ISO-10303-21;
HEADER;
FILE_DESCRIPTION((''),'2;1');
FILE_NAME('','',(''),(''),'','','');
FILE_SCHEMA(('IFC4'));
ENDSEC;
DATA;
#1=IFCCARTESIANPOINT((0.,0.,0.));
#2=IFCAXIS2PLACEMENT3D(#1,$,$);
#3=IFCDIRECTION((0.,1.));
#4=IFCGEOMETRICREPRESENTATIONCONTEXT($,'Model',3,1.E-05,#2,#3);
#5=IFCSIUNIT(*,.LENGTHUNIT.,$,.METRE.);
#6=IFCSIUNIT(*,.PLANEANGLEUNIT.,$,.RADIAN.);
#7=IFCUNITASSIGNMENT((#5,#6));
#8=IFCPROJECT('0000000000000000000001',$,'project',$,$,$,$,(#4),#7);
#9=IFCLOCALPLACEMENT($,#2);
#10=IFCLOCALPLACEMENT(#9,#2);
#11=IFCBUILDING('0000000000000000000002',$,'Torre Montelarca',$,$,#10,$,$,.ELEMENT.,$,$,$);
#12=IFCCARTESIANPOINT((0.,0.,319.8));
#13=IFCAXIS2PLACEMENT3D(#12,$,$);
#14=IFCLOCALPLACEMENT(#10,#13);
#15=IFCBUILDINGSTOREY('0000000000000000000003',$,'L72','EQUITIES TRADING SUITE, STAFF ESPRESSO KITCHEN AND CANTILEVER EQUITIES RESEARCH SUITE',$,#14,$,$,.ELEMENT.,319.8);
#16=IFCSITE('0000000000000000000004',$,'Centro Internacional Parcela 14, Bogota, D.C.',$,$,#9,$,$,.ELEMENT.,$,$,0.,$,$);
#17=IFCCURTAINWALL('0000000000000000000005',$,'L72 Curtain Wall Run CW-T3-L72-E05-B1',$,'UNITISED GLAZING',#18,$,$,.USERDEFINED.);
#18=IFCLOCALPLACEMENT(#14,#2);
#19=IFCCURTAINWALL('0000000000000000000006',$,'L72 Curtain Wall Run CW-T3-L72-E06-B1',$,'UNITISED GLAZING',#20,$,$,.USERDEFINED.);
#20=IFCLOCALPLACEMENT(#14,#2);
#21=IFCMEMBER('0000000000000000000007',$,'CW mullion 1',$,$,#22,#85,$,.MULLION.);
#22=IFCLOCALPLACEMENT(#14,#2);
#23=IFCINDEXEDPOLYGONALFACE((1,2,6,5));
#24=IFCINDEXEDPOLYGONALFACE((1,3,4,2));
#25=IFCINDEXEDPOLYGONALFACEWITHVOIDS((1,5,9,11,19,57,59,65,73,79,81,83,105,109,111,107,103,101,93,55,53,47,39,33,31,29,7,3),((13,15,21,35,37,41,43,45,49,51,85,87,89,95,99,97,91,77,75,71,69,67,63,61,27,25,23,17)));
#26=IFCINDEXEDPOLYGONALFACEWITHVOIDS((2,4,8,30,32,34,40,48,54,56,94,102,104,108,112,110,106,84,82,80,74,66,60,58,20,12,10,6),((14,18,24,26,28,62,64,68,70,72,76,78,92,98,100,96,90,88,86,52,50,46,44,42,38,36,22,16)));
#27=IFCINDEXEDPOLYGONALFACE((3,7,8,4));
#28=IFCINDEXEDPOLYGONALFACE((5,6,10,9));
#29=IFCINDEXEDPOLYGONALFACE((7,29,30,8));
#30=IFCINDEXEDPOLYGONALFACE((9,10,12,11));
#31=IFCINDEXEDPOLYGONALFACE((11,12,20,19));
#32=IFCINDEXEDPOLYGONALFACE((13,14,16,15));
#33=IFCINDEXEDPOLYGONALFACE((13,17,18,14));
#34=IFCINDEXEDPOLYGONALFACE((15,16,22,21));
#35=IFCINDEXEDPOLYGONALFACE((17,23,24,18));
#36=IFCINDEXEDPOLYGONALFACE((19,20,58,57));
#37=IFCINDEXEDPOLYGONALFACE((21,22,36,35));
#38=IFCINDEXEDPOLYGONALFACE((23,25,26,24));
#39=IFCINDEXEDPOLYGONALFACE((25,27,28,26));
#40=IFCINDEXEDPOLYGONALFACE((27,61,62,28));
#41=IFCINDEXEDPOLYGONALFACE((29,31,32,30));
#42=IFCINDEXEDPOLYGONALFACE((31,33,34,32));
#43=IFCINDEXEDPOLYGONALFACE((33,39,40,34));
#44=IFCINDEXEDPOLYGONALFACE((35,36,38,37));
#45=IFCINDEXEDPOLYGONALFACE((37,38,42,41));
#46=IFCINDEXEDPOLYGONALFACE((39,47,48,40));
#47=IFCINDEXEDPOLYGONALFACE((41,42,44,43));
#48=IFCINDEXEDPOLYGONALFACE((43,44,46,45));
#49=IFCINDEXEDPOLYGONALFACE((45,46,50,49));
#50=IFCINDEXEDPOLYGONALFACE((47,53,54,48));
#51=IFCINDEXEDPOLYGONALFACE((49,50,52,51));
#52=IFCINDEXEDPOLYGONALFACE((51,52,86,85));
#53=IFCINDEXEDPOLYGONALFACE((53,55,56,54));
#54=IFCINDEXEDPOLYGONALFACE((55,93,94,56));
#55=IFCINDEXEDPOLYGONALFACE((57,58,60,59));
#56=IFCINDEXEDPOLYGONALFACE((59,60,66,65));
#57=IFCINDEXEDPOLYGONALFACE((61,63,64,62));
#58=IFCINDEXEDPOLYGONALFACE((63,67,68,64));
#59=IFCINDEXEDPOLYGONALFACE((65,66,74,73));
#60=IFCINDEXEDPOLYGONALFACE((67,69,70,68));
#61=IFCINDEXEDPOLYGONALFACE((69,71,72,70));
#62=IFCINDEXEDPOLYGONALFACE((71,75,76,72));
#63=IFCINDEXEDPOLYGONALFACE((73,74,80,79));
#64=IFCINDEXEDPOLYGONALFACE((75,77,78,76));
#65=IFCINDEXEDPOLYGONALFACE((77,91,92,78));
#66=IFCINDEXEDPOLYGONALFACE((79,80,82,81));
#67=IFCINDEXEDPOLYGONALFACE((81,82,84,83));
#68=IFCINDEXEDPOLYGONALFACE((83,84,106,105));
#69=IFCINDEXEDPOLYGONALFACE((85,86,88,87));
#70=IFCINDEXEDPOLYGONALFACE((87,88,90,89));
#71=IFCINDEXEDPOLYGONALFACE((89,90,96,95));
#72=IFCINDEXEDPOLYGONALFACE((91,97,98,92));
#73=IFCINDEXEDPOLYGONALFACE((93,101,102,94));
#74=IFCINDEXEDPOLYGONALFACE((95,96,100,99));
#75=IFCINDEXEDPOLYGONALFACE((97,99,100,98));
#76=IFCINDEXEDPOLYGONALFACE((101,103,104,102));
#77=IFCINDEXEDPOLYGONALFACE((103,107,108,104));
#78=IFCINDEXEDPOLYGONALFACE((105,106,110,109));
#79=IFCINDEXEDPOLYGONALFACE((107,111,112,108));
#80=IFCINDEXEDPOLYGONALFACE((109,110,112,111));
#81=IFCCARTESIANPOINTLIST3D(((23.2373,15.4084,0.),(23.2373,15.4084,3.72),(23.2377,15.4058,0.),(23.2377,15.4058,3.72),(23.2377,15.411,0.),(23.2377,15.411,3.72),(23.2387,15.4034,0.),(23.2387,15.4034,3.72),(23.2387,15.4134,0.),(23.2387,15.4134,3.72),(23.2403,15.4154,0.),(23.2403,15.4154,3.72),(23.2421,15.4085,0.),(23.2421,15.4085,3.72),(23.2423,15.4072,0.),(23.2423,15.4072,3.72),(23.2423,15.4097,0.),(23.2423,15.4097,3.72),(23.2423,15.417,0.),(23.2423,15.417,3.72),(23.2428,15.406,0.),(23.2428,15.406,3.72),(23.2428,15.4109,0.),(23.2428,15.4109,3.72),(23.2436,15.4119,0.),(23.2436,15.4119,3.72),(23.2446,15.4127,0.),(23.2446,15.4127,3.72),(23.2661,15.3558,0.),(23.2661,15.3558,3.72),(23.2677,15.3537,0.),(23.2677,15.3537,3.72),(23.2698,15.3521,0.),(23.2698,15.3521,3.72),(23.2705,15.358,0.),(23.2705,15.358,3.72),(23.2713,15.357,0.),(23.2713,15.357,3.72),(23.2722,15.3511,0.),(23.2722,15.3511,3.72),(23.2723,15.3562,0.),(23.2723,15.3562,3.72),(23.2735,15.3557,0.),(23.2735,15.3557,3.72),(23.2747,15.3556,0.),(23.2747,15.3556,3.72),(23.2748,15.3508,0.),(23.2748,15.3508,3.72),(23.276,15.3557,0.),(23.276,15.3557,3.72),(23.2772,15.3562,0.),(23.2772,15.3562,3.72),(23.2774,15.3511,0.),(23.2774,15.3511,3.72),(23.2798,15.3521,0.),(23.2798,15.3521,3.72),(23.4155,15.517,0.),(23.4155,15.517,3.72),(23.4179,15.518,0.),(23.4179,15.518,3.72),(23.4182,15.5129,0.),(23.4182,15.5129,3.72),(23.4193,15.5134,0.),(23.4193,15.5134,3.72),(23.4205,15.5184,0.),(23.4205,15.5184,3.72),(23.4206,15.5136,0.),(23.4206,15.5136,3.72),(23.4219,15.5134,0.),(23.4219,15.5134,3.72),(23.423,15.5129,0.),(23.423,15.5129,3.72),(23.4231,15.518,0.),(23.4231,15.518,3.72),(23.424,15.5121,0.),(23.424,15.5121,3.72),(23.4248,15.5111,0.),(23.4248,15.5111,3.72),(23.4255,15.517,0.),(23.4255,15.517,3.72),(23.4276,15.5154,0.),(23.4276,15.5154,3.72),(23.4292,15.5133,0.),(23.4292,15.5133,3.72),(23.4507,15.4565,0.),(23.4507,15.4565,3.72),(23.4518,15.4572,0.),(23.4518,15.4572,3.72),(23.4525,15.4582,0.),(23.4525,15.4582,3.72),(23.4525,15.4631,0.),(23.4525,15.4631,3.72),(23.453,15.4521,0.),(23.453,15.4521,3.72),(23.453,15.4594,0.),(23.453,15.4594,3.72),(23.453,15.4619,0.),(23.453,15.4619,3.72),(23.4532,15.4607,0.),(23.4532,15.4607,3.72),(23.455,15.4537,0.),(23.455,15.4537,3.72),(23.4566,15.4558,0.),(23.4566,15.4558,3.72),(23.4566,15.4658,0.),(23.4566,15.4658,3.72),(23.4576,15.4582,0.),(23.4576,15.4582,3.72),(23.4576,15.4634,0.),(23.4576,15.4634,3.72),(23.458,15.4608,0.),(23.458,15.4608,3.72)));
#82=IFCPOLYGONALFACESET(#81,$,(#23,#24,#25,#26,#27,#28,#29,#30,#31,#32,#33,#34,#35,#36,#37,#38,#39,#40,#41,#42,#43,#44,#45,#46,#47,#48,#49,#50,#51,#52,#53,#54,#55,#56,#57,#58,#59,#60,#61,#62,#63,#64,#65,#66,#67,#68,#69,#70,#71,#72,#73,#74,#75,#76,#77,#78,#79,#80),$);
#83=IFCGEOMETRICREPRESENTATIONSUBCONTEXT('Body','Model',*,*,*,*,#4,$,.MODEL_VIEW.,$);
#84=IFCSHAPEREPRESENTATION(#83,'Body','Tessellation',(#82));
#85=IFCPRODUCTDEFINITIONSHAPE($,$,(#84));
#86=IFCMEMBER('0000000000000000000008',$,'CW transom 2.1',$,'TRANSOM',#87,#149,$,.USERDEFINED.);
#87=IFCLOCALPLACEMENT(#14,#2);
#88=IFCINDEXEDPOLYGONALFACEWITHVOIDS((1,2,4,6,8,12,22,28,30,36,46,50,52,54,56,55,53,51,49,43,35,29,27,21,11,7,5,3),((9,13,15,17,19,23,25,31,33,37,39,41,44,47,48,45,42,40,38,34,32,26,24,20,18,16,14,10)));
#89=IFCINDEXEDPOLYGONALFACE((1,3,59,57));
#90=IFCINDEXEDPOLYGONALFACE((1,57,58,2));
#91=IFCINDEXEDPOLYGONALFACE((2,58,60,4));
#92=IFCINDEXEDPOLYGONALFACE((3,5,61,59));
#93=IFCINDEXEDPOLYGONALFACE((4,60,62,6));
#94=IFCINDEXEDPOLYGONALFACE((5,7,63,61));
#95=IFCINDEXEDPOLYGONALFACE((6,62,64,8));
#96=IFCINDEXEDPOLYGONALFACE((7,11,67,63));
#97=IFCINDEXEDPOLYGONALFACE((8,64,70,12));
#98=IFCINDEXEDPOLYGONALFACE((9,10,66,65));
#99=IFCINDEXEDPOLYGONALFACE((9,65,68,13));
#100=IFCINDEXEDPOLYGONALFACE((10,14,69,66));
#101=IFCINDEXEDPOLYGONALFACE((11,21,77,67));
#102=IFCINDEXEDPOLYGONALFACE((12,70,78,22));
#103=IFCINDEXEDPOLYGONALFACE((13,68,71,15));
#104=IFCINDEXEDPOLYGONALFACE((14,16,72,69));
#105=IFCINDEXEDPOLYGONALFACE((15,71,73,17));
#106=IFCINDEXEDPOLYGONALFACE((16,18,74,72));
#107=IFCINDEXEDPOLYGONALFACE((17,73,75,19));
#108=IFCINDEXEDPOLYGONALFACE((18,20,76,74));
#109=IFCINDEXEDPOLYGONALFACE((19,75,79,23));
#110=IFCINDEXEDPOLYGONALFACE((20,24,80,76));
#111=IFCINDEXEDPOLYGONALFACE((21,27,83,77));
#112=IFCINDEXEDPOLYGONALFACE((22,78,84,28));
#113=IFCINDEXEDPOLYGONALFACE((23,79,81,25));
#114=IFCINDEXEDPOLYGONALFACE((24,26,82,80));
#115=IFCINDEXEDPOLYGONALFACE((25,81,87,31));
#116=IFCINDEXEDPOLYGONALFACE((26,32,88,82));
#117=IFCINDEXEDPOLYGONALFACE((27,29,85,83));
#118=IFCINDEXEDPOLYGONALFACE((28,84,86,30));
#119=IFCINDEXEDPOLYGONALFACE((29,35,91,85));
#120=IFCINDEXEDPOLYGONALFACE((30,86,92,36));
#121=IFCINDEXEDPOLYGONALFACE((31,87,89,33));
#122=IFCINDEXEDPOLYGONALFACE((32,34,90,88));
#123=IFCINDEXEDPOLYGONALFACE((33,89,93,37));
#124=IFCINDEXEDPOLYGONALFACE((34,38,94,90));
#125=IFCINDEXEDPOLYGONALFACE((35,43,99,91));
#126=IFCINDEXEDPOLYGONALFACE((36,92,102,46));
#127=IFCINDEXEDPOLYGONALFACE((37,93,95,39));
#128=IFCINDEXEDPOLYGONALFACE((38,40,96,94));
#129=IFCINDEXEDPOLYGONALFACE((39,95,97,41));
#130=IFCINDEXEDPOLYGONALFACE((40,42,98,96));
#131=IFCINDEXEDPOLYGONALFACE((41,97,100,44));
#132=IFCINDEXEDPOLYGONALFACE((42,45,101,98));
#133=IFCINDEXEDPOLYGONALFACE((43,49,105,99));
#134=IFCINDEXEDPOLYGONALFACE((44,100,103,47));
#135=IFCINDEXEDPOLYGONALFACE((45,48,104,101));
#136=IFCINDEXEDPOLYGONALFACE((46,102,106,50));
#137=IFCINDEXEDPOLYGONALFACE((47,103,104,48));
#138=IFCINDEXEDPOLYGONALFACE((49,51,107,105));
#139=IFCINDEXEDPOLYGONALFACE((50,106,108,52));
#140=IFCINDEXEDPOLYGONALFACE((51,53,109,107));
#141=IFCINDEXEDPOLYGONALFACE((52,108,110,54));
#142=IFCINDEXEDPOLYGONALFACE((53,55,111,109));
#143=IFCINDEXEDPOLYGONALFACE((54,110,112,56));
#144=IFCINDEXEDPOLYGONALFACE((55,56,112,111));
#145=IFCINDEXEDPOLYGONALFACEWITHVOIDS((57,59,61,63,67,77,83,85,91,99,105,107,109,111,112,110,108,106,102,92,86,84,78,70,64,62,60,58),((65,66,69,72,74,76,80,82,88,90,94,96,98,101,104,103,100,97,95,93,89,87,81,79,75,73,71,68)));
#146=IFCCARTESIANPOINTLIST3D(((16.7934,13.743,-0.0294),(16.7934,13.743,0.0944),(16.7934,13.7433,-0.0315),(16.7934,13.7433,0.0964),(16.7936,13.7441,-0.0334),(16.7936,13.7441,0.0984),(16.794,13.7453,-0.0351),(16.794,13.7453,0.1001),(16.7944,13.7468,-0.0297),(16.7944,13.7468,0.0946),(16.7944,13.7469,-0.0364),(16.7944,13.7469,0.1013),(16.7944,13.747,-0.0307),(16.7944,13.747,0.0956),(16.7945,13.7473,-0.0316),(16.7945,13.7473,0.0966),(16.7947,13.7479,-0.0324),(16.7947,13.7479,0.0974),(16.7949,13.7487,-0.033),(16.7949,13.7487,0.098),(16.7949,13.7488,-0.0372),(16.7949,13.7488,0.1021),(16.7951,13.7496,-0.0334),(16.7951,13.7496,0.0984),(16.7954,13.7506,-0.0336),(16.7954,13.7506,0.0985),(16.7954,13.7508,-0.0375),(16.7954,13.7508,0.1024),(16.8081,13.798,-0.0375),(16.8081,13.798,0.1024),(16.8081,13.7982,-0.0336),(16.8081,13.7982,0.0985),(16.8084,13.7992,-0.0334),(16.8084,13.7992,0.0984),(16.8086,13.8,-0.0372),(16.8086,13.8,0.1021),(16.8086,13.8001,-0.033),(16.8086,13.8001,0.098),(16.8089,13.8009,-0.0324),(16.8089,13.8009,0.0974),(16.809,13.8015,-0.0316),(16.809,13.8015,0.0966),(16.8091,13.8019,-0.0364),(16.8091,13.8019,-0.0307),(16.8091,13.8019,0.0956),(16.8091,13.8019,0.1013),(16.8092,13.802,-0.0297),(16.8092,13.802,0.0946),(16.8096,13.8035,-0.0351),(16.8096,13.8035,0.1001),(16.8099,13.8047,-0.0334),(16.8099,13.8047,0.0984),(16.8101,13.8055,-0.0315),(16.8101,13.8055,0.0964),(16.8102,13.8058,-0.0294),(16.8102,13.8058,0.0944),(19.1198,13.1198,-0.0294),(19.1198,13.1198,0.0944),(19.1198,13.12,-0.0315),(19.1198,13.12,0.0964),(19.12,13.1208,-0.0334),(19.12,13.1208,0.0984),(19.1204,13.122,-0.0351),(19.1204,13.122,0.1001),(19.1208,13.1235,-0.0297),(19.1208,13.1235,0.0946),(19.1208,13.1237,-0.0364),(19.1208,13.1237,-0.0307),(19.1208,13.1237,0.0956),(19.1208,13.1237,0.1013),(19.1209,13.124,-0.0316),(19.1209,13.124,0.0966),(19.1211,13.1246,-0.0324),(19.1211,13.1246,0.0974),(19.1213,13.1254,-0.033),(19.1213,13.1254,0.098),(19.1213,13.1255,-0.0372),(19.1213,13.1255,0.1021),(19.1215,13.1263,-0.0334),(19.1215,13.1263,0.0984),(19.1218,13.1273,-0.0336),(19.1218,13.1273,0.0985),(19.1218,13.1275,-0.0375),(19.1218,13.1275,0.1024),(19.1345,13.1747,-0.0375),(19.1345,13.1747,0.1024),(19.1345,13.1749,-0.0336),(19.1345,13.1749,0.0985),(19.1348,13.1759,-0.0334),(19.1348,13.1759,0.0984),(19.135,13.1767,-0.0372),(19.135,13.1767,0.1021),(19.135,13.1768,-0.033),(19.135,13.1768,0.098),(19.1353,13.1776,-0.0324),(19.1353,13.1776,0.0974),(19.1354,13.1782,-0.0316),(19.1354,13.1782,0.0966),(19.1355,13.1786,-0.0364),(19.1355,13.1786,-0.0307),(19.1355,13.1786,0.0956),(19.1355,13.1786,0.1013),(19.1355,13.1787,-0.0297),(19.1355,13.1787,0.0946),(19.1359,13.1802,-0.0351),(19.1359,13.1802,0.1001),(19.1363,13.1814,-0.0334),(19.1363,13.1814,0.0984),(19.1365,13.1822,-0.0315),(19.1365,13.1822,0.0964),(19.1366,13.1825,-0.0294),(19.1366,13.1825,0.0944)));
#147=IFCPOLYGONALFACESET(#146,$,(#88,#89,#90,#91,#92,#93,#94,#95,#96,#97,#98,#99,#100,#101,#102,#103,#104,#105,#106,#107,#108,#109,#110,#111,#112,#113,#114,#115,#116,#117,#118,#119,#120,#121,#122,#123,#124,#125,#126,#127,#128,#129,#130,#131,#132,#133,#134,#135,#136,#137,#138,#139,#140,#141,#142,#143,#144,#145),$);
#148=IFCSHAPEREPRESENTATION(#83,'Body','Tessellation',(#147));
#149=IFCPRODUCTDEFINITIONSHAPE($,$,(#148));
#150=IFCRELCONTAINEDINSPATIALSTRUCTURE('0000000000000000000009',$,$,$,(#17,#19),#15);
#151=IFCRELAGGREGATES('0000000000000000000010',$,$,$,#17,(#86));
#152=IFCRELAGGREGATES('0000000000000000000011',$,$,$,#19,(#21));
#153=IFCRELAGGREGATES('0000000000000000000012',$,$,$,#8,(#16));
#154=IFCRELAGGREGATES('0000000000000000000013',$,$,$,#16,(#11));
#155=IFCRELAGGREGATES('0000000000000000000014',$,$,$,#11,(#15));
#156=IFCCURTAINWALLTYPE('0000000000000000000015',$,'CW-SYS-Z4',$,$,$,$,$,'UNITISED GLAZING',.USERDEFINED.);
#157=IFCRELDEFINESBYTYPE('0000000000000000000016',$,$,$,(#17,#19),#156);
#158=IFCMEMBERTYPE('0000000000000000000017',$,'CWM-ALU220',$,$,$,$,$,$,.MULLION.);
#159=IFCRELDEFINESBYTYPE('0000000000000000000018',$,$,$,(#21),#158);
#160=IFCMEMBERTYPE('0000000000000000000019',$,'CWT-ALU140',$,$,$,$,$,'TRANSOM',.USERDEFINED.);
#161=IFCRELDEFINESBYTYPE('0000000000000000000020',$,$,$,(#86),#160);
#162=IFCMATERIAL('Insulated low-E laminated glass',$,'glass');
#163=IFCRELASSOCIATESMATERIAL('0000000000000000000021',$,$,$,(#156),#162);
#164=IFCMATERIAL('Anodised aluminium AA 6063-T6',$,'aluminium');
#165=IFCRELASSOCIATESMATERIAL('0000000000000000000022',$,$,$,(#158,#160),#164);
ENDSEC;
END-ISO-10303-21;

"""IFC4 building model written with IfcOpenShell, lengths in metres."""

from ifc_helpers import new_model, si_unit, direction, frame, origin, origin_2d, place, context, subcontext, project, spatial, hollow_rectangle, extrude, source, transform, mapped, material, material_profile, profile_set, type_object, element, aggregate, save


model = new_model("IFC4")

# Units and contexts
model_context = context("Model", 3, precision=1e-05, world=origin(), true_north=direction((0.0, 1.0)))
body_context = subcontext(model_context, "Body", "Model", "MODEL_VIEW")
ifc_project = project(units=[si_unit("LENGTHUNIT", "METRE"), si_unit("PLANEANGLEUNIT", "RADIAN")], contexts=[model_context])

# Site, building, storey
site_placement = place(None, origin())
site = spatial("IfcSite", under=ifc_project, at=site_placement, Name="Centro Internacional Parcela 14, Bogota, D.C.", CompositionType="ELEMENT", RefElevation=0.0)
building_placement = place(site_placement, origin())
building = spatial("IfcBuilding", under=site, at=building_placement, Name="Torre Montelarca", CompositionType="ELEMENT")
storey_placement = place(building_placement, frame((0.0, 0.0, 319.8)))
storey = spatial("IfcBuildingStorey", under=building, at=storey_placement, Name="L72", Description="EQUITIES TRADING SUITE, STAFF ESPRESSO KITCHEN AND CANTILEVER EQUITIES RESEARCH SUITE", CompositionType="ELEMENT", Elevation=319.8)

# Curtain wall
ifc_material_1 = material(Name="Insulated low-E laminated glass", Category="glass")
curtain_wall_type = type_object("IfcCurtainWallType", Name="CW-SYS-Z4", ElementType="UNITISED GLAZING", PredefinedType="USERDEFINED", material=ifc_material_1)
curtain_wall_1_placement = place(storey_placement, origin())
curtain_wall_1 = element("IfcCurtainWall", 1, at=curtain_wall_1_placement, inside=storey, type_object=curtain_wall_type, Name="L72 Curtain Wall Run CW-T3-L72-E05-B1", ObjectType="UNITISED GLAZING", PredefinedType="USERDEFINED")
ifc_material_2 = material(Name="Anodised aluminium AA 6063-T6", Category="aluminium")
ifc_material_profile_1 = material_profile(ifc_material_2, hollow_rectangle(XDim=0.075, YDim=0.22, WallThickness=0.0049, InnerFilletRadius=0.0049, OuterFilletRadius=0.01, at=origin_2d()), Name="ALU75X220X5", Category="aluminium")
ifc_profile_set_1 = profile_set([ifc_material_profile_1], Name="Anodised aluminium AA 6063-T6")
member_type_1 = type_object("IfcMemberType", Name="CWM-ALU220", PredefinedType="MULLION", material=ifc_profile_set_1)
shared_shape_1 = source(origin(), body_context, "Body", "SweptSolid", [
    extrude(hollow_rectangle(XDim=0.075, YDim=0.22, WallThickness=0.0049, InnerFilletRadius=0.0049, OuterFilletRadius=0.01, at=origin_2d()), origin(), (0.0, 0.0, 1.0), 3.72),
])

# Curtain wall, member
curtain_wall_2_placement = place(storey_placement, origin())
curtain_wall_2 = element("IfcCurtainWall", 2, at=curtain_wall_2_placement, inside=storey, type_object=curtain_wall_type, Name="L72 Curtain Wall Run CW-T3-L72-E06-B1", ObjectType="UNITISED GLAZING", PredefinedType="USERDEFINED")
member_1_placement = place(storey_placement, frame((23.3477, 15.4346, 0.0), z_axis=(0.0, 0.0, 1.0), x_axis=(-0.499999, 0.866026, 0.0)))
member_1 = element("IfcMember", 3, at=member_1_placement, type_object=member_type_1, Name="CW mullion 1", PredefinedType="MULLION", context=body_context, shape_type="MappedRepresentation", body=[
    mapped(shared_shape_1, transform((0.0, 0.0, 0.0), scale=1.0)),
])

# Member
ifc_material_profile_2 = material_profile(ifc_material_2, hollow_rectangle(XDim=0.0649, YDim=0.1399, WallThickness=0.0039, InnerFilletRadius=0.0039, OuterFilletRadius=0.0081, at=origin_2d()), Name="ALU65X140X4", Category="aluminium")
ifc_profile_set_2 = profile_set([ifc_material_profile_2], Name="Anodised aluminium AA 6063-T6")
member_type_2 = type_object("IfcMemberType", Name="CWT-ALU140", ElementType="TRANSOM", PredefinedType="USERDEFINED", material=ifc_profile_set_2)
shared_shape_2 = source(origin(), body_context, "Body", "SweptSolid", [
    extrude(hollow_rectangle(XDim=0.0649, YDim=0.1399, WallThickness=0.0039, InnerFilletRadius=0.0039, OuterFilletRadius=0.0081, at=origin_2d()), origin(), (0.0, 0.0, 1.0), 2.4084),
])
member_2_placement = place(storey_placement, frame((16.8018, 13.7744, 0.0325), z_axis=(0.965933, -0.258792, 0.0), x_axis=(0.258792, 0.965933, 0.0)))
member_2 = element("IfcMember", 4, at=member_2_placement, type_object=member_type_2, Name="CW transom 2.1", ObjectType="TRANSOM", PredefinedType="USERDEFINED", context=body_context, shape_type="MappedRepresentation", body=[
    mapped(shared_shape_2, transform((0.0, 0.0, 0.0), scale=1.0)),
])

aggregate(curtain_wall_1, [member_2])
aggregate(curtain_wall_2, [member_1])

save(model, "model.ifc")
